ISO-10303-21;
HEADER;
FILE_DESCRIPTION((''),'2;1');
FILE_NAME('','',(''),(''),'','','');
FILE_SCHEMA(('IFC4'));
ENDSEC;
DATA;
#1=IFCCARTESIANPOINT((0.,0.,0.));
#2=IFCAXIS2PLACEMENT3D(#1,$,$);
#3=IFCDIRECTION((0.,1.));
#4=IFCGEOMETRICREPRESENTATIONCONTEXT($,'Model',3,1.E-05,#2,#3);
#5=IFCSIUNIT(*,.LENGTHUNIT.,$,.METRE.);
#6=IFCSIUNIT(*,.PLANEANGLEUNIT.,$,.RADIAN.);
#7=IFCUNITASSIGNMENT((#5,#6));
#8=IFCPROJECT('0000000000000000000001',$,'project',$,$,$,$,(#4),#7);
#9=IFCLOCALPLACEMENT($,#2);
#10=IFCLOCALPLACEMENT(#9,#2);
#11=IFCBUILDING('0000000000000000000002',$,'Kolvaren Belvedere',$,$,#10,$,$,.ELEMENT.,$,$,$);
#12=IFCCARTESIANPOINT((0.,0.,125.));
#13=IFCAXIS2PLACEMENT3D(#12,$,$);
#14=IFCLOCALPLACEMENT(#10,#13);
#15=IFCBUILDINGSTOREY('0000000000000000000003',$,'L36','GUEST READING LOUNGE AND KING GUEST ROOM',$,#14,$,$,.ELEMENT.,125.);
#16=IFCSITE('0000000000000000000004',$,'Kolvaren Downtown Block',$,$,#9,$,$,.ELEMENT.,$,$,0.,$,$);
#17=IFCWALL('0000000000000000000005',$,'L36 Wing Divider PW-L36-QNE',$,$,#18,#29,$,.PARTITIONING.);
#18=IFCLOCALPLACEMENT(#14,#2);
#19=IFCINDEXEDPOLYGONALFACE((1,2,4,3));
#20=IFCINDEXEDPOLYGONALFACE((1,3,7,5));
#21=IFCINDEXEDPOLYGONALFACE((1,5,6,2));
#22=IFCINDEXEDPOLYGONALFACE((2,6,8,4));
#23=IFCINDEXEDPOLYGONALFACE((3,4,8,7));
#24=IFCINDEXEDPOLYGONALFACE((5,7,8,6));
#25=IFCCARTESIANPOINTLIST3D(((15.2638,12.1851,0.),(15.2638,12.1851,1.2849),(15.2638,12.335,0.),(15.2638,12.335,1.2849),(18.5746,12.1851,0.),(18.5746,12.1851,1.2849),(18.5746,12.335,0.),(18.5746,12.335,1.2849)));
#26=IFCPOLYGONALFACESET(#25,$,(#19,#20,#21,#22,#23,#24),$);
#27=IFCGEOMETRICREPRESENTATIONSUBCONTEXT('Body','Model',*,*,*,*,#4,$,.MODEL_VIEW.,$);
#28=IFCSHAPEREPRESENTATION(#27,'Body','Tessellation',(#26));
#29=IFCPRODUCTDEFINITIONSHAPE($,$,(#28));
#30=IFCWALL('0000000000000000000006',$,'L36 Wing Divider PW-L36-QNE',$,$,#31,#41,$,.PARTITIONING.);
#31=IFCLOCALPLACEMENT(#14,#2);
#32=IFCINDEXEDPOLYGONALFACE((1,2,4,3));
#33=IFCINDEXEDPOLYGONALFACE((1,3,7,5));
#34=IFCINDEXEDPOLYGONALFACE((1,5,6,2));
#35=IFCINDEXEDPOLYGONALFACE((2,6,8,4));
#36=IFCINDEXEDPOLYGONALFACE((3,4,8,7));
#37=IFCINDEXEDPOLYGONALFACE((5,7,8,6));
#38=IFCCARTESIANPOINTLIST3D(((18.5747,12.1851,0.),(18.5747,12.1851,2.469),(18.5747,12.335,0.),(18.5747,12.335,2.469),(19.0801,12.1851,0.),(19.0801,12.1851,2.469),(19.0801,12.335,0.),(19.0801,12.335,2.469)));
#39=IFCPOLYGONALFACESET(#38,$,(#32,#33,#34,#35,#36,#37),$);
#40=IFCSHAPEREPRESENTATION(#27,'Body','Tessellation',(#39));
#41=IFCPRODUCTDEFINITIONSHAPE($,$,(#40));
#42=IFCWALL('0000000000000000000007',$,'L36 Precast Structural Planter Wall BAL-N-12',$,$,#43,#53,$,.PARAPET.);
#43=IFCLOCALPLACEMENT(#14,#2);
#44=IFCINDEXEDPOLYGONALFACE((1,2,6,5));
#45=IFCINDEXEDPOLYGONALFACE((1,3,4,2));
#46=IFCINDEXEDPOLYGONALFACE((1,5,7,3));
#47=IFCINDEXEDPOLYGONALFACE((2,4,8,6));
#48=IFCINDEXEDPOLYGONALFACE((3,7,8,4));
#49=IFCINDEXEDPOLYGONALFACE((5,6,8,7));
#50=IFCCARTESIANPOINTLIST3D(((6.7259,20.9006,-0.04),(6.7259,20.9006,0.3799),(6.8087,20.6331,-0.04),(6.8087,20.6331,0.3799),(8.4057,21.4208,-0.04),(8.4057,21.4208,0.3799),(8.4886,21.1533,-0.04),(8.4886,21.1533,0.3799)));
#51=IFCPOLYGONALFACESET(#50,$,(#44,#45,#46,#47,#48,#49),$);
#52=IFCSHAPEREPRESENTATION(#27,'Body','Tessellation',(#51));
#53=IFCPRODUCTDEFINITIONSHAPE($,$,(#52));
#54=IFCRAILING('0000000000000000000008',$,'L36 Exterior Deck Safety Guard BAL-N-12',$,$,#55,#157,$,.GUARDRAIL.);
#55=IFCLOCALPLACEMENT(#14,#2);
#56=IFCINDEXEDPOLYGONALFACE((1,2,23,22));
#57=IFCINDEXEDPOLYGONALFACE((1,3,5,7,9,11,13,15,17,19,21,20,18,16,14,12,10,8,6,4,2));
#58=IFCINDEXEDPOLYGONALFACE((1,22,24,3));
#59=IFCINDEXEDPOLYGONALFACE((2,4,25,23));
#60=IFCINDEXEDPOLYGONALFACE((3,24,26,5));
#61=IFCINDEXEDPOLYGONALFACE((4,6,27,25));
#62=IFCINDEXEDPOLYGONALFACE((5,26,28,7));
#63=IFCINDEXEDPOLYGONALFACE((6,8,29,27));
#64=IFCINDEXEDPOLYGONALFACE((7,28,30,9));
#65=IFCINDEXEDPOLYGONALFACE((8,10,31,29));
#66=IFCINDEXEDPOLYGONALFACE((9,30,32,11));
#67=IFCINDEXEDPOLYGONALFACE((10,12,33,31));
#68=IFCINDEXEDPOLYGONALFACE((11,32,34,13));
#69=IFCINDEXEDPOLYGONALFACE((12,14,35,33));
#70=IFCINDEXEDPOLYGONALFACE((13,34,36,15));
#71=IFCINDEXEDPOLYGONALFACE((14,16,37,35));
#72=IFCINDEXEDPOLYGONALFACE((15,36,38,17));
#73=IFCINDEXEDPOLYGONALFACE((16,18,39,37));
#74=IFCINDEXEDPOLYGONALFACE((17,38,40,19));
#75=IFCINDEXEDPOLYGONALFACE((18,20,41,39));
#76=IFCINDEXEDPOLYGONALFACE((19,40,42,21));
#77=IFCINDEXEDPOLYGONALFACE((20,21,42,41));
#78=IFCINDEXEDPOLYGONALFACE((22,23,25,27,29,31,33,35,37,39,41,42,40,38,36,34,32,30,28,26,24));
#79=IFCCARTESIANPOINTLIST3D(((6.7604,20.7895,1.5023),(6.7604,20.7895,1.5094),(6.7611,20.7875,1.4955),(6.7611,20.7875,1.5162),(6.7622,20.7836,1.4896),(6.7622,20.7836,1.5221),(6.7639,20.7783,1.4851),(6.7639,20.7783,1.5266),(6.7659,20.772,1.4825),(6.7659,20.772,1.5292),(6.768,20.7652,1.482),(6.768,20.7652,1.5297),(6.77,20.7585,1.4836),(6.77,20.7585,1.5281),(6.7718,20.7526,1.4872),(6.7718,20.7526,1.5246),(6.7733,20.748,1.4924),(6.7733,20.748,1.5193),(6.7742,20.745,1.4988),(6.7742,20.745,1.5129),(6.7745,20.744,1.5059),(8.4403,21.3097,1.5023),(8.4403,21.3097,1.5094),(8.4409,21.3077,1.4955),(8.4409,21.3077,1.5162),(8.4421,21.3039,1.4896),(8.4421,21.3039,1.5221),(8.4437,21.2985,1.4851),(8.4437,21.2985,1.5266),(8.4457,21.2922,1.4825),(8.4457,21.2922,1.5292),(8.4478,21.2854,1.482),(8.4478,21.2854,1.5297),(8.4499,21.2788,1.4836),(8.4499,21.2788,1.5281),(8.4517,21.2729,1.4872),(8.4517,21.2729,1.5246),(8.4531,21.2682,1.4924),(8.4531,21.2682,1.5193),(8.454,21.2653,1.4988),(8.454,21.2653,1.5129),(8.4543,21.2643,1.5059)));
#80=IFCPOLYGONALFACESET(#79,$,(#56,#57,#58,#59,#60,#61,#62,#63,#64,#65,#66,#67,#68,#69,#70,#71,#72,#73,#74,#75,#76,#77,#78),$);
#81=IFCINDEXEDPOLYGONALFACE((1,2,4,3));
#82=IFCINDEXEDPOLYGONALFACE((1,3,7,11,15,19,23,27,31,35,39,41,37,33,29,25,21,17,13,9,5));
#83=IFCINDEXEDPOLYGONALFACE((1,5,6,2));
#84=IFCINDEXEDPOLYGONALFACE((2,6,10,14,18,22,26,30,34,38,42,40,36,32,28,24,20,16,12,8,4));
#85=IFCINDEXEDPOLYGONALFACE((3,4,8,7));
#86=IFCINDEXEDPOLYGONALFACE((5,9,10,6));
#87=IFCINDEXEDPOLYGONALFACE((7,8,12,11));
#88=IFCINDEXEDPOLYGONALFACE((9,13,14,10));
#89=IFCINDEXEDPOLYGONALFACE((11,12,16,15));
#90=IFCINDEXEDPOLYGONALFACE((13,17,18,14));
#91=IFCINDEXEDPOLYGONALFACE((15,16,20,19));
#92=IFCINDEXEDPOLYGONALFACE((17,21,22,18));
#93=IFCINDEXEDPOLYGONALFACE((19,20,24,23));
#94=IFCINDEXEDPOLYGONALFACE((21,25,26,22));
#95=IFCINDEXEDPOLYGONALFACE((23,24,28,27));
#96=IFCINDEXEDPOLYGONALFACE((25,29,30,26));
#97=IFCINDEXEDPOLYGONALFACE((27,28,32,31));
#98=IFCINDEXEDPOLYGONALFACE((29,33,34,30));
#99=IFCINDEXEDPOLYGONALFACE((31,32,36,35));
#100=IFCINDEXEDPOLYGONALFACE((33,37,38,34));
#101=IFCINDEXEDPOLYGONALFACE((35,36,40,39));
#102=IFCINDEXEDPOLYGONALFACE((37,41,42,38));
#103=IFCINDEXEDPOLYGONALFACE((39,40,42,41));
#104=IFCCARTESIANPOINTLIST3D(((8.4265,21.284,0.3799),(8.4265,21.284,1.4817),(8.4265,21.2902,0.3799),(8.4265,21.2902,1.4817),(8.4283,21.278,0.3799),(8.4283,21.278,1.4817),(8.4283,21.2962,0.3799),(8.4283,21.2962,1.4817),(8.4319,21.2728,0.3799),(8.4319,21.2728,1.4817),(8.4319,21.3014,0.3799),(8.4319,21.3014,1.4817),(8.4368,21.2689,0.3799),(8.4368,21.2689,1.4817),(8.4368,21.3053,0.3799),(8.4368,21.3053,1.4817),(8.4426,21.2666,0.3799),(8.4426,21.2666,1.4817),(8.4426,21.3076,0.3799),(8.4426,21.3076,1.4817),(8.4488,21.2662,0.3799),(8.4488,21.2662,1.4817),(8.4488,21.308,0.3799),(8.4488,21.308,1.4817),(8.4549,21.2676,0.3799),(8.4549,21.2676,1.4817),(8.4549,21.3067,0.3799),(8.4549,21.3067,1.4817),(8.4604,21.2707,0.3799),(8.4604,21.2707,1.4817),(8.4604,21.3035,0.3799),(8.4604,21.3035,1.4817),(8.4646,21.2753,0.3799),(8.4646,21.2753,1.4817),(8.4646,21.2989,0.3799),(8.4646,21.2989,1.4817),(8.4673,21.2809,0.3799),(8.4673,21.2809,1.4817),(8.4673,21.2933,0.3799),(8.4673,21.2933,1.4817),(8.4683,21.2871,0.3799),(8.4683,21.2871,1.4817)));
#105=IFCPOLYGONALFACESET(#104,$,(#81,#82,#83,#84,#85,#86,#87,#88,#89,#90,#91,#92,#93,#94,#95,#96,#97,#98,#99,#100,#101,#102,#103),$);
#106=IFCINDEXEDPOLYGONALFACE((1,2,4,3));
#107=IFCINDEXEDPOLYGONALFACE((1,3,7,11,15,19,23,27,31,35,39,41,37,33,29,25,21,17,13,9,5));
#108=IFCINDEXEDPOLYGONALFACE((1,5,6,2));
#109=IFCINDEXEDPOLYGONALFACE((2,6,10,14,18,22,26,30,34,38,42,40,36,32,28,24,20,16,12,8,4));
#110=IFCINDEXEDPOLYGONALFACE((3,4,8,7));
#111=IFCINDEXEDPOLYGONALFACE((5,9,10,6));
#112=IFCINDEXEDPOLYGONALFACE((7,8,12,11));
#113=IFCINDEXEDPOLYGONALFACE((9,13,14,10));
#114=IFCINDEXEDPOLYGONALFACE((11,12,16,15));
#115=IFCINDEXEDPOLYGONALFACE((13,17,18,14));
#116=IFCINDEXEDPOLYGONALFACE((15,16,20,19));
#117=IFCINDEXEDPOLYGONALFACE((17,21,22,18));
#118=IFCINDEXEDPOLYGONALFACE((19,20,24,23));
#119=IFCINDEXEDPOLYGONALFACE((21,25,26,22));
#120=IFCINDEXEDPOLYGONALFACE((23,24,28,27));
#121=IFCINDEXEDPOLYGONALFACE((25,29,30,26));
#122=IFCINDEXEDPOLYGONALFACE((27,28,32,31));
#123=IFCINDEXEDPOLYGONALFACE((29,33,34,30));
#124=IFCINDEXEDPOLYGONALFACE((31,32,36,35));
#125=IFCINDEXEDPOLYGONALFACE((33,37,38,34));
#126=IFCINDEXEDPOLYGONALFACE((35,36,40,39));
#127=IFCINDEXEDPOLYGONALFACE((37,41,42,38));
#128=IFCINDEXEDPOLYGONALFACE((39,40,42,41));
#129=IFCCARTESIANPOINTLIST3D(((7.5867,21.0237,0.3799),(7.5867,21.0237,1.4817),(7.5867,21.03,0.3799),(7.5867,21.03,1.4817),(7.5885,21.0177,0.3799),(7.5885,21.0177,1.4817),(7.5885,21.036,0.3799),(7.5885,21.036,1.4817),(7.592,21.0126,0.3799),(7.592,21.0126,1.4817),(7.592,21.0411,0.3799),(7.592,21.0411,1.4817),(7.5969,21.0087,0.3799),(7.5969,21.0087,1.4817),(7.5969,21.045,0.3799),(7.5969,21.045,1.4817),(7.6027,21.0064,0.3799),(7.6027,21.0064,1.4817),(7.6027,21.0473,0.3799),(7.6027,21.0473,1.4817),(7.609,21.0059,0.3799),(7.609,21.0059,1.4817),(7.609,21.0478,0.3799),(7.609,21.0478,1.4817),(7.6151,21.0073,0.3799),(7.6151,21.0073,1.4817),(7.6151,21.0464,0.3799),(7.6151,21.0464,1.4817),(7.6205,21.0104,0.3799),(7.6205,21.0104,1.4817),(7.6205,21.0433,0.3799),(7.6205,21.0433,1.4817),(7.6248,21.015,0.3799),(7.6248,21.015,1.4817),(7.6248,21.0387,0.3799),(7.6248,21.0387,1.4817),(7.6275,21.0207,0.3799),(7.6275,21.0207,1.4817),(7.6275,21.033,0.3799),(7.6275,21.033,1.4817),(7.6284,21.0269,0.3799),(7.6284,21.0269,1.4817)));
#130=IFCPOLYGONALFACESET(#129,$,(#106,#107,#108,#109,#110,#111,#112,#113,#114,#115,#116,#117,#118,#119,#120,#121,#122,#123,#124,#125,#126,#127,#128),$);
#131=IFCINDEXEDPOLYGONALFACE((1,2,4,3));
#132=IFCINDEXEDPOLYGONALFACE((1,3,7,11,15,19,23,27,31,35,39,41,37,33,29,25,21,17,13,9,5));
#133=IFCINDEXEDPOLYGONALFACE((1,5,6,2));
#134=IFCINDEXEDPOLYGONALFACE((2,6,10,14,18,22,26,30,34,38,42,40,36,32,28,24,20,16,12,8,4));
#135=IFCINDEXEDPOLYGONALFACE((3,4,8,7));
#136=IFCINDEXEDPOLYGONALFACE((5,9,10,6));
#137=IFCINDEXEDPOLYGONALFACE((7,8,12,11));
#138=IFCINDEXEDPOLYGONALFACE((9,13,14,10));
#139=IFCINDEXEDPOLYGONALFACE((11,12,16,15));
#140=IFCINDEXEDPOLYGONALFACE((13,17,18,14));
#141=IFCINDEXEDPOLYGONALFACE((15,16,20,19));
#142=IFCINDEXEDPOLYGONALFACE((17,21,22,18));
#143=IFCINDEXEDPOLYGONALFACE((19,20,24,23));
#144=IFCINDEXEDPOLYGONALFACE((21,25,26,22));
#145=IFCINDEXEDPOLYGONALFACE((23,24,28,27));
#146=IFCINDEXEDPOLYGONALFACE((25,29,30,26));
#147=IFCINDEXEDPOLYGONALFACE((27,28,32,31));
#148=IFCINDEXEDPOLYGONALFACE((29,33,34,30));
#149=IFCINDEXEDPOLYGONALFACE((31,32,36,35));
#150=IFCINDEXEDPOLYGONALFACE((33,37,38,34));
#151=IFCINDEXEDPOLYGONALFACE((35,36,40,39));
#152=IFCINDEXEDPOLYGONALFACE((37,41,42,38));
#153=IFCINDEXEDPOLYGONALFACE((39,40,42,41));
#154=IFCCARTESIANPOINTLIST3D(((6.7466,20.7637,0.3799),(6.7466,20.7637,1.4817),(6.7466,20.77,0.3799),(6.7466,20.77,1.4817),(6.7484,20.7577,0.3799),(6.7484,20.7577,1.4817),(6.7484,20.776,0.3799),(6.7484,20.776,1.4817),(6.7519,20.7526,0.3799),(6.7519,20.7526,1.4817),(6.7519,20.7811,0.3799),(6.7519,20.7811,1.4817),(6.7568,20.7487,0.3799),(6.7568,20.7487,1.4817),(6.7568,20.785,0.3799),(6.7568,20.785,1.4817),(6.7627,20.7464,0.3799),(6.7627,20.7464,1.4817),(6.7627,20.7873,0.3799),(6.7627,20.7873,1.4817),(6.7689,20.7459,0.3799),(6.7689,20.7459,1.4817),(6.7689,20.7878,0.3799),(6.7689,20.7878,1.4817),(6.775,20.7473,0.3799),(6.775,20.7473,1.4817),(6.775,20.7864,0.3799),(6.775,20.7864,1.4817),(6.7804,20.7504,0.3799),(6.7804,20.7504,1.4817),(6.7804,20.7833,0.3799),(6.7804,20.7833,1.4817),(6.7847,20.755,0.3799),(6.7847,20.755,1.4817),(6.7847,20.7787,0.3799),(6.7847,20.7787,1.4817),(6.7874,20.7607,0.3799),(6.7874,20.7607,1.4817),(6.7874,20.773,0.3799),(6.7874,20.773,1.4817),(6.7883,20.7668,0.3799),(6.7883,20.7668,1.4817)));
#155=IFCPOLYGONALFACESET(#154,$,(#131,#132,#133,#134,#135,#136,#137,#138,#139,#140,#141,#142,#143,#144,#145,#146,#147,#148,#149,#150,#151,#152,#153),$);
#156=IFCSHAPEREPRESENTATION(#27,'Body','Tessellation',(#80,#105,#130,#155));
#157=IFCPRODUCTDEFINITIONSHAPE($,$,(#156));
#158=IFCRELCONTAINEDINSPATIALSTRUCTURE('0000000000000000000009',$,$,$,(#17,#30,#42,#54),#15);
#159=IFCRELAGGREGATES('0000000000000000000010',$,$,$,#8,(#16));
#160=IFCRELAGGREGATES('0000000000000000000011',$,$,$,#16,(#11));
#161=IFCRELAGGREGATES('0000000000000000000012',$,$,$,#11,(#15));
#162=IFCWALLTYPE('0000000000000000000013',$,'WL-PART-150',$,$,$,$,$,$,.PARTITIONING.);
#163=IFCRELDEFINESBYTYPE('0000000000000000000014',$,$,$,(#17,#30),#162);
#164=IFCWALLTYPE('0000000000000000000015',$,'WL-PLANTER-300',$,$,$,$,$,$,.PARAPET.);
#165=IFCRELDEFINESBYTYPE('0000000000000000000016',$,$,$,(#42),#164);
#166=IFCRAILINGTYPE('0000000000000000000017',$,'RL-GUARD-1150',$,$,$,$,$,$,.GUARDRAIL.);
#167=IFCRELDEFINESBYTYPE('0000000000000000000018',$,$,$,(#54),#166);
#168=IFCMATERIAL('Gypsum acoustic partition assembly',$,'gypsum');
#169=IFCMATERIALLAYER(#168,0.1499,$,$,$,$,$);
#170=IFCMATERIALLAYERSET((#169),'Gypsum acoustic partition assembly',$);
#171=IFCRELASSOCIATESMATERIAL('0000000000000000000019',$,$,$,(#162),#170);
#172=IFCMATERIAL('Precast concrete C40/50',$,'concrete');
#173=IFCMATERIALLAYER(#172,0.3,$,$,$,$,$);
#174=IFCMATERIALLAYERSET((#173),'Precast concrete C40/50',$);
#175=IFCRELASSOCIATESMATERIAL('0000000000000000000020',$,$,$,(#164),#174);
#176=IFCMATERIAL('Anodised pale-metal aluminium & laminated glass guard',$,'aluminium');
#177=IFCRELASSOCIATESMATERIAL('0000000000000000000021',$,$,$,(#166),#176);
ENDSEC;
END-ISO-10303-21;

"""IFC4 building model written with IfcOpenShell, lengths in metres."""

from ifc_helpers import new_model, si_unit, direction, frame, frame_2d, origin, origin_2d, place, context, subcontext, project, spatial, rectangle, circle, extrude, material, layer, layer_set, type_object, element, save


model = new_model("IFC4")

# Units and contexts
model_context = context("Model", 3, precision=1e-05, world=origin(), true_north=direction((0.0, 1.0)))
body_context = subcontext(model_context, "Body", "Model", "MODEL_VIEW")
ifc_project = project(units=[si_unit("LENGTHUNIT", "METRE"), si_unit("PLANEANGLEUNIT", "RADIAN")], contexts=[model_context])

# Site, building, storey
site_placement = place(None, origin())
site = spatial("IfcSite", under=ifc_project, at=site_placement, Name="Kolvaren Downtown Block", CompositionType="ELEMENT", RefElevation=0.0)
building_placement = place(site_placement, origin())
building = spatial("IfcBuilding", under=site, at=building_placement, Name="Kolvaren Belvedere", CompositionType="ELEMENT")
storey_placement = place(building_placement, frame((0.0, 0.0, 125.0)))
storey = spatial("IfcBuildingStorey", under=building, at=storey_placement, Name="L36", Description="GUEST READING LOUNGE AND KING GUEST ROOM", CompositionType="ELEMENT", Elevation=125.0)

# Walls
ifc_material_1 = material(Name="Gypsum acoustic partition assembly", Category="gypsum")
ifc_layer_1 = layer(ifc_material_1, 0.1499)
ifc_layer_set_1 = layer_set([ifc_layer_1], Name="Gypsum acoustic partition assembly")
wall_type_1 = type_object("IfcWallType", Name="WL-PART-150", PredefinedType="PARTITIONING", material=ifc_layer_set_1)
wall_1_placement = place(storey_placement, frame((15.2639, 12.26, 0.0), z_axis=(0.0, 0.0, 1.0), x_axis=(1.0, 0.0, 0.0)))
element("IfcWall", 1, at=wall_1_placement, inside=storey, type_object=wall_type_1, Name="L36 Wing Divider PW-L36-QNE", PredefinedType="PARTITIONING", context=body_context, shape_type="SweptSolid", body=[
    extrude(rectangle(XDim=3.3108, YDim=0.1499, at=frame_2d((1.6553, 0.0))), origin(), (0.0, 0.0, 1.0), 1.2849),
])
wall_2_placement = place(storey_placement, frame((18.5747, 12.26, 0.0), z_axis=(0.0, 0.0, 1.0), x_axis=(1.0, 0.0, 0.0)))
element("IfcWall", 2, at=wall_2_placement, inside=storey, type_object=wall_type_1, Name="L36 Wing Divider PW-L36-QNE", PredefinedType="PARTITIONING", context=body_context, shape_type="SweptSolid", body=[
    extrude(rectangle(XDim=0.5054, YDim=0.1499, at=frame_2d((0.2527, 0.0))), origin(), (0.0, 0.0, 1.0), 2.469),
])
ifc_material_2 = material(Name="Precast concrete C40/50", Category="concrete")
ifc_layer_2 = layer(ifc_material_2, 0.3)
ifc_layer_set_2 = layer_set([ifc_layer_2], Name="Precast concrete C40/50")
wall_type_2 = type_object("IfcWallType", Name="WL-PLANTER-300", PredefinedType="PARAPET", material=ifc_layer_set_2)
wall_3_placement = place(storey_placement, frame((8.4473, 21.2871, -0.04), z_axis=(0.0, 0.0, 1.0), x_axis=(-0.95524, -0.295832, 0.0)))
element("IfcWall", 3, at=wall_3_placement, inside=storey, type_object=wall_type_2, Name="L36 Precast Structural Planter Wall BAL-N-12", PredefinedType="PARAPET", context=body_context, shape_type="SweptSolid", body=[
    extrude(rectangle(XDim=1.7585, YDim=0.28, at=frame_2d((0.8794, 0.0))), origin(), (0.0, 0.0, 1.0), 0.4199),
])

# Railing
ifc_material_3 = material(Name="Anodised pale-metal aluminium & laminated glass guard", Category="aluminium")
railing_type = type_object("IfcRailingType", Name="RL-GUARD-1150", PredefinedType="GUARDRAIL", material=ifc_material_3)
railing_placement = place(storey_placement, frame((8.4473, 21.2871, 0.3799)))
element("IfcRailing", 4, at=railing_placement, inside=storey, type_object=railing_type, Name="L36 Exterior Deck Safety Guard BAL-N-12", PredefinedType="GUARDRAIL", context=body_context, shape_type="SweptSolid", body=[
    extrude(circle(Radius=0.0239, at=origin_2d()), frame((0.0, 0.0, 1.126), z_axis=(-0.95524, -0.295832, 0.0), x_axis=(0.295832, -0.95524, 0.0)), (0.0, 0.0, 1.0), 1.7585),
    extrude(circle(Radius=0.021, at=origin_2d()), origin(), (0.0, 0.0, 1.0), 1.1018),
    extrude(circle(Radius=0.021, at=origin_2d()), frame((-0.8398, -0.2603, 0.0)), (0.0, 0.0, 1.0), 1.1018),
    extrude(circle(Radius=0.021, at=origin_2d()), frame((-1.6799, -0.5203, 0.0)), (0.0, 0.0, 1.0), 1.1018),
])

save(model, "model.ifc")
